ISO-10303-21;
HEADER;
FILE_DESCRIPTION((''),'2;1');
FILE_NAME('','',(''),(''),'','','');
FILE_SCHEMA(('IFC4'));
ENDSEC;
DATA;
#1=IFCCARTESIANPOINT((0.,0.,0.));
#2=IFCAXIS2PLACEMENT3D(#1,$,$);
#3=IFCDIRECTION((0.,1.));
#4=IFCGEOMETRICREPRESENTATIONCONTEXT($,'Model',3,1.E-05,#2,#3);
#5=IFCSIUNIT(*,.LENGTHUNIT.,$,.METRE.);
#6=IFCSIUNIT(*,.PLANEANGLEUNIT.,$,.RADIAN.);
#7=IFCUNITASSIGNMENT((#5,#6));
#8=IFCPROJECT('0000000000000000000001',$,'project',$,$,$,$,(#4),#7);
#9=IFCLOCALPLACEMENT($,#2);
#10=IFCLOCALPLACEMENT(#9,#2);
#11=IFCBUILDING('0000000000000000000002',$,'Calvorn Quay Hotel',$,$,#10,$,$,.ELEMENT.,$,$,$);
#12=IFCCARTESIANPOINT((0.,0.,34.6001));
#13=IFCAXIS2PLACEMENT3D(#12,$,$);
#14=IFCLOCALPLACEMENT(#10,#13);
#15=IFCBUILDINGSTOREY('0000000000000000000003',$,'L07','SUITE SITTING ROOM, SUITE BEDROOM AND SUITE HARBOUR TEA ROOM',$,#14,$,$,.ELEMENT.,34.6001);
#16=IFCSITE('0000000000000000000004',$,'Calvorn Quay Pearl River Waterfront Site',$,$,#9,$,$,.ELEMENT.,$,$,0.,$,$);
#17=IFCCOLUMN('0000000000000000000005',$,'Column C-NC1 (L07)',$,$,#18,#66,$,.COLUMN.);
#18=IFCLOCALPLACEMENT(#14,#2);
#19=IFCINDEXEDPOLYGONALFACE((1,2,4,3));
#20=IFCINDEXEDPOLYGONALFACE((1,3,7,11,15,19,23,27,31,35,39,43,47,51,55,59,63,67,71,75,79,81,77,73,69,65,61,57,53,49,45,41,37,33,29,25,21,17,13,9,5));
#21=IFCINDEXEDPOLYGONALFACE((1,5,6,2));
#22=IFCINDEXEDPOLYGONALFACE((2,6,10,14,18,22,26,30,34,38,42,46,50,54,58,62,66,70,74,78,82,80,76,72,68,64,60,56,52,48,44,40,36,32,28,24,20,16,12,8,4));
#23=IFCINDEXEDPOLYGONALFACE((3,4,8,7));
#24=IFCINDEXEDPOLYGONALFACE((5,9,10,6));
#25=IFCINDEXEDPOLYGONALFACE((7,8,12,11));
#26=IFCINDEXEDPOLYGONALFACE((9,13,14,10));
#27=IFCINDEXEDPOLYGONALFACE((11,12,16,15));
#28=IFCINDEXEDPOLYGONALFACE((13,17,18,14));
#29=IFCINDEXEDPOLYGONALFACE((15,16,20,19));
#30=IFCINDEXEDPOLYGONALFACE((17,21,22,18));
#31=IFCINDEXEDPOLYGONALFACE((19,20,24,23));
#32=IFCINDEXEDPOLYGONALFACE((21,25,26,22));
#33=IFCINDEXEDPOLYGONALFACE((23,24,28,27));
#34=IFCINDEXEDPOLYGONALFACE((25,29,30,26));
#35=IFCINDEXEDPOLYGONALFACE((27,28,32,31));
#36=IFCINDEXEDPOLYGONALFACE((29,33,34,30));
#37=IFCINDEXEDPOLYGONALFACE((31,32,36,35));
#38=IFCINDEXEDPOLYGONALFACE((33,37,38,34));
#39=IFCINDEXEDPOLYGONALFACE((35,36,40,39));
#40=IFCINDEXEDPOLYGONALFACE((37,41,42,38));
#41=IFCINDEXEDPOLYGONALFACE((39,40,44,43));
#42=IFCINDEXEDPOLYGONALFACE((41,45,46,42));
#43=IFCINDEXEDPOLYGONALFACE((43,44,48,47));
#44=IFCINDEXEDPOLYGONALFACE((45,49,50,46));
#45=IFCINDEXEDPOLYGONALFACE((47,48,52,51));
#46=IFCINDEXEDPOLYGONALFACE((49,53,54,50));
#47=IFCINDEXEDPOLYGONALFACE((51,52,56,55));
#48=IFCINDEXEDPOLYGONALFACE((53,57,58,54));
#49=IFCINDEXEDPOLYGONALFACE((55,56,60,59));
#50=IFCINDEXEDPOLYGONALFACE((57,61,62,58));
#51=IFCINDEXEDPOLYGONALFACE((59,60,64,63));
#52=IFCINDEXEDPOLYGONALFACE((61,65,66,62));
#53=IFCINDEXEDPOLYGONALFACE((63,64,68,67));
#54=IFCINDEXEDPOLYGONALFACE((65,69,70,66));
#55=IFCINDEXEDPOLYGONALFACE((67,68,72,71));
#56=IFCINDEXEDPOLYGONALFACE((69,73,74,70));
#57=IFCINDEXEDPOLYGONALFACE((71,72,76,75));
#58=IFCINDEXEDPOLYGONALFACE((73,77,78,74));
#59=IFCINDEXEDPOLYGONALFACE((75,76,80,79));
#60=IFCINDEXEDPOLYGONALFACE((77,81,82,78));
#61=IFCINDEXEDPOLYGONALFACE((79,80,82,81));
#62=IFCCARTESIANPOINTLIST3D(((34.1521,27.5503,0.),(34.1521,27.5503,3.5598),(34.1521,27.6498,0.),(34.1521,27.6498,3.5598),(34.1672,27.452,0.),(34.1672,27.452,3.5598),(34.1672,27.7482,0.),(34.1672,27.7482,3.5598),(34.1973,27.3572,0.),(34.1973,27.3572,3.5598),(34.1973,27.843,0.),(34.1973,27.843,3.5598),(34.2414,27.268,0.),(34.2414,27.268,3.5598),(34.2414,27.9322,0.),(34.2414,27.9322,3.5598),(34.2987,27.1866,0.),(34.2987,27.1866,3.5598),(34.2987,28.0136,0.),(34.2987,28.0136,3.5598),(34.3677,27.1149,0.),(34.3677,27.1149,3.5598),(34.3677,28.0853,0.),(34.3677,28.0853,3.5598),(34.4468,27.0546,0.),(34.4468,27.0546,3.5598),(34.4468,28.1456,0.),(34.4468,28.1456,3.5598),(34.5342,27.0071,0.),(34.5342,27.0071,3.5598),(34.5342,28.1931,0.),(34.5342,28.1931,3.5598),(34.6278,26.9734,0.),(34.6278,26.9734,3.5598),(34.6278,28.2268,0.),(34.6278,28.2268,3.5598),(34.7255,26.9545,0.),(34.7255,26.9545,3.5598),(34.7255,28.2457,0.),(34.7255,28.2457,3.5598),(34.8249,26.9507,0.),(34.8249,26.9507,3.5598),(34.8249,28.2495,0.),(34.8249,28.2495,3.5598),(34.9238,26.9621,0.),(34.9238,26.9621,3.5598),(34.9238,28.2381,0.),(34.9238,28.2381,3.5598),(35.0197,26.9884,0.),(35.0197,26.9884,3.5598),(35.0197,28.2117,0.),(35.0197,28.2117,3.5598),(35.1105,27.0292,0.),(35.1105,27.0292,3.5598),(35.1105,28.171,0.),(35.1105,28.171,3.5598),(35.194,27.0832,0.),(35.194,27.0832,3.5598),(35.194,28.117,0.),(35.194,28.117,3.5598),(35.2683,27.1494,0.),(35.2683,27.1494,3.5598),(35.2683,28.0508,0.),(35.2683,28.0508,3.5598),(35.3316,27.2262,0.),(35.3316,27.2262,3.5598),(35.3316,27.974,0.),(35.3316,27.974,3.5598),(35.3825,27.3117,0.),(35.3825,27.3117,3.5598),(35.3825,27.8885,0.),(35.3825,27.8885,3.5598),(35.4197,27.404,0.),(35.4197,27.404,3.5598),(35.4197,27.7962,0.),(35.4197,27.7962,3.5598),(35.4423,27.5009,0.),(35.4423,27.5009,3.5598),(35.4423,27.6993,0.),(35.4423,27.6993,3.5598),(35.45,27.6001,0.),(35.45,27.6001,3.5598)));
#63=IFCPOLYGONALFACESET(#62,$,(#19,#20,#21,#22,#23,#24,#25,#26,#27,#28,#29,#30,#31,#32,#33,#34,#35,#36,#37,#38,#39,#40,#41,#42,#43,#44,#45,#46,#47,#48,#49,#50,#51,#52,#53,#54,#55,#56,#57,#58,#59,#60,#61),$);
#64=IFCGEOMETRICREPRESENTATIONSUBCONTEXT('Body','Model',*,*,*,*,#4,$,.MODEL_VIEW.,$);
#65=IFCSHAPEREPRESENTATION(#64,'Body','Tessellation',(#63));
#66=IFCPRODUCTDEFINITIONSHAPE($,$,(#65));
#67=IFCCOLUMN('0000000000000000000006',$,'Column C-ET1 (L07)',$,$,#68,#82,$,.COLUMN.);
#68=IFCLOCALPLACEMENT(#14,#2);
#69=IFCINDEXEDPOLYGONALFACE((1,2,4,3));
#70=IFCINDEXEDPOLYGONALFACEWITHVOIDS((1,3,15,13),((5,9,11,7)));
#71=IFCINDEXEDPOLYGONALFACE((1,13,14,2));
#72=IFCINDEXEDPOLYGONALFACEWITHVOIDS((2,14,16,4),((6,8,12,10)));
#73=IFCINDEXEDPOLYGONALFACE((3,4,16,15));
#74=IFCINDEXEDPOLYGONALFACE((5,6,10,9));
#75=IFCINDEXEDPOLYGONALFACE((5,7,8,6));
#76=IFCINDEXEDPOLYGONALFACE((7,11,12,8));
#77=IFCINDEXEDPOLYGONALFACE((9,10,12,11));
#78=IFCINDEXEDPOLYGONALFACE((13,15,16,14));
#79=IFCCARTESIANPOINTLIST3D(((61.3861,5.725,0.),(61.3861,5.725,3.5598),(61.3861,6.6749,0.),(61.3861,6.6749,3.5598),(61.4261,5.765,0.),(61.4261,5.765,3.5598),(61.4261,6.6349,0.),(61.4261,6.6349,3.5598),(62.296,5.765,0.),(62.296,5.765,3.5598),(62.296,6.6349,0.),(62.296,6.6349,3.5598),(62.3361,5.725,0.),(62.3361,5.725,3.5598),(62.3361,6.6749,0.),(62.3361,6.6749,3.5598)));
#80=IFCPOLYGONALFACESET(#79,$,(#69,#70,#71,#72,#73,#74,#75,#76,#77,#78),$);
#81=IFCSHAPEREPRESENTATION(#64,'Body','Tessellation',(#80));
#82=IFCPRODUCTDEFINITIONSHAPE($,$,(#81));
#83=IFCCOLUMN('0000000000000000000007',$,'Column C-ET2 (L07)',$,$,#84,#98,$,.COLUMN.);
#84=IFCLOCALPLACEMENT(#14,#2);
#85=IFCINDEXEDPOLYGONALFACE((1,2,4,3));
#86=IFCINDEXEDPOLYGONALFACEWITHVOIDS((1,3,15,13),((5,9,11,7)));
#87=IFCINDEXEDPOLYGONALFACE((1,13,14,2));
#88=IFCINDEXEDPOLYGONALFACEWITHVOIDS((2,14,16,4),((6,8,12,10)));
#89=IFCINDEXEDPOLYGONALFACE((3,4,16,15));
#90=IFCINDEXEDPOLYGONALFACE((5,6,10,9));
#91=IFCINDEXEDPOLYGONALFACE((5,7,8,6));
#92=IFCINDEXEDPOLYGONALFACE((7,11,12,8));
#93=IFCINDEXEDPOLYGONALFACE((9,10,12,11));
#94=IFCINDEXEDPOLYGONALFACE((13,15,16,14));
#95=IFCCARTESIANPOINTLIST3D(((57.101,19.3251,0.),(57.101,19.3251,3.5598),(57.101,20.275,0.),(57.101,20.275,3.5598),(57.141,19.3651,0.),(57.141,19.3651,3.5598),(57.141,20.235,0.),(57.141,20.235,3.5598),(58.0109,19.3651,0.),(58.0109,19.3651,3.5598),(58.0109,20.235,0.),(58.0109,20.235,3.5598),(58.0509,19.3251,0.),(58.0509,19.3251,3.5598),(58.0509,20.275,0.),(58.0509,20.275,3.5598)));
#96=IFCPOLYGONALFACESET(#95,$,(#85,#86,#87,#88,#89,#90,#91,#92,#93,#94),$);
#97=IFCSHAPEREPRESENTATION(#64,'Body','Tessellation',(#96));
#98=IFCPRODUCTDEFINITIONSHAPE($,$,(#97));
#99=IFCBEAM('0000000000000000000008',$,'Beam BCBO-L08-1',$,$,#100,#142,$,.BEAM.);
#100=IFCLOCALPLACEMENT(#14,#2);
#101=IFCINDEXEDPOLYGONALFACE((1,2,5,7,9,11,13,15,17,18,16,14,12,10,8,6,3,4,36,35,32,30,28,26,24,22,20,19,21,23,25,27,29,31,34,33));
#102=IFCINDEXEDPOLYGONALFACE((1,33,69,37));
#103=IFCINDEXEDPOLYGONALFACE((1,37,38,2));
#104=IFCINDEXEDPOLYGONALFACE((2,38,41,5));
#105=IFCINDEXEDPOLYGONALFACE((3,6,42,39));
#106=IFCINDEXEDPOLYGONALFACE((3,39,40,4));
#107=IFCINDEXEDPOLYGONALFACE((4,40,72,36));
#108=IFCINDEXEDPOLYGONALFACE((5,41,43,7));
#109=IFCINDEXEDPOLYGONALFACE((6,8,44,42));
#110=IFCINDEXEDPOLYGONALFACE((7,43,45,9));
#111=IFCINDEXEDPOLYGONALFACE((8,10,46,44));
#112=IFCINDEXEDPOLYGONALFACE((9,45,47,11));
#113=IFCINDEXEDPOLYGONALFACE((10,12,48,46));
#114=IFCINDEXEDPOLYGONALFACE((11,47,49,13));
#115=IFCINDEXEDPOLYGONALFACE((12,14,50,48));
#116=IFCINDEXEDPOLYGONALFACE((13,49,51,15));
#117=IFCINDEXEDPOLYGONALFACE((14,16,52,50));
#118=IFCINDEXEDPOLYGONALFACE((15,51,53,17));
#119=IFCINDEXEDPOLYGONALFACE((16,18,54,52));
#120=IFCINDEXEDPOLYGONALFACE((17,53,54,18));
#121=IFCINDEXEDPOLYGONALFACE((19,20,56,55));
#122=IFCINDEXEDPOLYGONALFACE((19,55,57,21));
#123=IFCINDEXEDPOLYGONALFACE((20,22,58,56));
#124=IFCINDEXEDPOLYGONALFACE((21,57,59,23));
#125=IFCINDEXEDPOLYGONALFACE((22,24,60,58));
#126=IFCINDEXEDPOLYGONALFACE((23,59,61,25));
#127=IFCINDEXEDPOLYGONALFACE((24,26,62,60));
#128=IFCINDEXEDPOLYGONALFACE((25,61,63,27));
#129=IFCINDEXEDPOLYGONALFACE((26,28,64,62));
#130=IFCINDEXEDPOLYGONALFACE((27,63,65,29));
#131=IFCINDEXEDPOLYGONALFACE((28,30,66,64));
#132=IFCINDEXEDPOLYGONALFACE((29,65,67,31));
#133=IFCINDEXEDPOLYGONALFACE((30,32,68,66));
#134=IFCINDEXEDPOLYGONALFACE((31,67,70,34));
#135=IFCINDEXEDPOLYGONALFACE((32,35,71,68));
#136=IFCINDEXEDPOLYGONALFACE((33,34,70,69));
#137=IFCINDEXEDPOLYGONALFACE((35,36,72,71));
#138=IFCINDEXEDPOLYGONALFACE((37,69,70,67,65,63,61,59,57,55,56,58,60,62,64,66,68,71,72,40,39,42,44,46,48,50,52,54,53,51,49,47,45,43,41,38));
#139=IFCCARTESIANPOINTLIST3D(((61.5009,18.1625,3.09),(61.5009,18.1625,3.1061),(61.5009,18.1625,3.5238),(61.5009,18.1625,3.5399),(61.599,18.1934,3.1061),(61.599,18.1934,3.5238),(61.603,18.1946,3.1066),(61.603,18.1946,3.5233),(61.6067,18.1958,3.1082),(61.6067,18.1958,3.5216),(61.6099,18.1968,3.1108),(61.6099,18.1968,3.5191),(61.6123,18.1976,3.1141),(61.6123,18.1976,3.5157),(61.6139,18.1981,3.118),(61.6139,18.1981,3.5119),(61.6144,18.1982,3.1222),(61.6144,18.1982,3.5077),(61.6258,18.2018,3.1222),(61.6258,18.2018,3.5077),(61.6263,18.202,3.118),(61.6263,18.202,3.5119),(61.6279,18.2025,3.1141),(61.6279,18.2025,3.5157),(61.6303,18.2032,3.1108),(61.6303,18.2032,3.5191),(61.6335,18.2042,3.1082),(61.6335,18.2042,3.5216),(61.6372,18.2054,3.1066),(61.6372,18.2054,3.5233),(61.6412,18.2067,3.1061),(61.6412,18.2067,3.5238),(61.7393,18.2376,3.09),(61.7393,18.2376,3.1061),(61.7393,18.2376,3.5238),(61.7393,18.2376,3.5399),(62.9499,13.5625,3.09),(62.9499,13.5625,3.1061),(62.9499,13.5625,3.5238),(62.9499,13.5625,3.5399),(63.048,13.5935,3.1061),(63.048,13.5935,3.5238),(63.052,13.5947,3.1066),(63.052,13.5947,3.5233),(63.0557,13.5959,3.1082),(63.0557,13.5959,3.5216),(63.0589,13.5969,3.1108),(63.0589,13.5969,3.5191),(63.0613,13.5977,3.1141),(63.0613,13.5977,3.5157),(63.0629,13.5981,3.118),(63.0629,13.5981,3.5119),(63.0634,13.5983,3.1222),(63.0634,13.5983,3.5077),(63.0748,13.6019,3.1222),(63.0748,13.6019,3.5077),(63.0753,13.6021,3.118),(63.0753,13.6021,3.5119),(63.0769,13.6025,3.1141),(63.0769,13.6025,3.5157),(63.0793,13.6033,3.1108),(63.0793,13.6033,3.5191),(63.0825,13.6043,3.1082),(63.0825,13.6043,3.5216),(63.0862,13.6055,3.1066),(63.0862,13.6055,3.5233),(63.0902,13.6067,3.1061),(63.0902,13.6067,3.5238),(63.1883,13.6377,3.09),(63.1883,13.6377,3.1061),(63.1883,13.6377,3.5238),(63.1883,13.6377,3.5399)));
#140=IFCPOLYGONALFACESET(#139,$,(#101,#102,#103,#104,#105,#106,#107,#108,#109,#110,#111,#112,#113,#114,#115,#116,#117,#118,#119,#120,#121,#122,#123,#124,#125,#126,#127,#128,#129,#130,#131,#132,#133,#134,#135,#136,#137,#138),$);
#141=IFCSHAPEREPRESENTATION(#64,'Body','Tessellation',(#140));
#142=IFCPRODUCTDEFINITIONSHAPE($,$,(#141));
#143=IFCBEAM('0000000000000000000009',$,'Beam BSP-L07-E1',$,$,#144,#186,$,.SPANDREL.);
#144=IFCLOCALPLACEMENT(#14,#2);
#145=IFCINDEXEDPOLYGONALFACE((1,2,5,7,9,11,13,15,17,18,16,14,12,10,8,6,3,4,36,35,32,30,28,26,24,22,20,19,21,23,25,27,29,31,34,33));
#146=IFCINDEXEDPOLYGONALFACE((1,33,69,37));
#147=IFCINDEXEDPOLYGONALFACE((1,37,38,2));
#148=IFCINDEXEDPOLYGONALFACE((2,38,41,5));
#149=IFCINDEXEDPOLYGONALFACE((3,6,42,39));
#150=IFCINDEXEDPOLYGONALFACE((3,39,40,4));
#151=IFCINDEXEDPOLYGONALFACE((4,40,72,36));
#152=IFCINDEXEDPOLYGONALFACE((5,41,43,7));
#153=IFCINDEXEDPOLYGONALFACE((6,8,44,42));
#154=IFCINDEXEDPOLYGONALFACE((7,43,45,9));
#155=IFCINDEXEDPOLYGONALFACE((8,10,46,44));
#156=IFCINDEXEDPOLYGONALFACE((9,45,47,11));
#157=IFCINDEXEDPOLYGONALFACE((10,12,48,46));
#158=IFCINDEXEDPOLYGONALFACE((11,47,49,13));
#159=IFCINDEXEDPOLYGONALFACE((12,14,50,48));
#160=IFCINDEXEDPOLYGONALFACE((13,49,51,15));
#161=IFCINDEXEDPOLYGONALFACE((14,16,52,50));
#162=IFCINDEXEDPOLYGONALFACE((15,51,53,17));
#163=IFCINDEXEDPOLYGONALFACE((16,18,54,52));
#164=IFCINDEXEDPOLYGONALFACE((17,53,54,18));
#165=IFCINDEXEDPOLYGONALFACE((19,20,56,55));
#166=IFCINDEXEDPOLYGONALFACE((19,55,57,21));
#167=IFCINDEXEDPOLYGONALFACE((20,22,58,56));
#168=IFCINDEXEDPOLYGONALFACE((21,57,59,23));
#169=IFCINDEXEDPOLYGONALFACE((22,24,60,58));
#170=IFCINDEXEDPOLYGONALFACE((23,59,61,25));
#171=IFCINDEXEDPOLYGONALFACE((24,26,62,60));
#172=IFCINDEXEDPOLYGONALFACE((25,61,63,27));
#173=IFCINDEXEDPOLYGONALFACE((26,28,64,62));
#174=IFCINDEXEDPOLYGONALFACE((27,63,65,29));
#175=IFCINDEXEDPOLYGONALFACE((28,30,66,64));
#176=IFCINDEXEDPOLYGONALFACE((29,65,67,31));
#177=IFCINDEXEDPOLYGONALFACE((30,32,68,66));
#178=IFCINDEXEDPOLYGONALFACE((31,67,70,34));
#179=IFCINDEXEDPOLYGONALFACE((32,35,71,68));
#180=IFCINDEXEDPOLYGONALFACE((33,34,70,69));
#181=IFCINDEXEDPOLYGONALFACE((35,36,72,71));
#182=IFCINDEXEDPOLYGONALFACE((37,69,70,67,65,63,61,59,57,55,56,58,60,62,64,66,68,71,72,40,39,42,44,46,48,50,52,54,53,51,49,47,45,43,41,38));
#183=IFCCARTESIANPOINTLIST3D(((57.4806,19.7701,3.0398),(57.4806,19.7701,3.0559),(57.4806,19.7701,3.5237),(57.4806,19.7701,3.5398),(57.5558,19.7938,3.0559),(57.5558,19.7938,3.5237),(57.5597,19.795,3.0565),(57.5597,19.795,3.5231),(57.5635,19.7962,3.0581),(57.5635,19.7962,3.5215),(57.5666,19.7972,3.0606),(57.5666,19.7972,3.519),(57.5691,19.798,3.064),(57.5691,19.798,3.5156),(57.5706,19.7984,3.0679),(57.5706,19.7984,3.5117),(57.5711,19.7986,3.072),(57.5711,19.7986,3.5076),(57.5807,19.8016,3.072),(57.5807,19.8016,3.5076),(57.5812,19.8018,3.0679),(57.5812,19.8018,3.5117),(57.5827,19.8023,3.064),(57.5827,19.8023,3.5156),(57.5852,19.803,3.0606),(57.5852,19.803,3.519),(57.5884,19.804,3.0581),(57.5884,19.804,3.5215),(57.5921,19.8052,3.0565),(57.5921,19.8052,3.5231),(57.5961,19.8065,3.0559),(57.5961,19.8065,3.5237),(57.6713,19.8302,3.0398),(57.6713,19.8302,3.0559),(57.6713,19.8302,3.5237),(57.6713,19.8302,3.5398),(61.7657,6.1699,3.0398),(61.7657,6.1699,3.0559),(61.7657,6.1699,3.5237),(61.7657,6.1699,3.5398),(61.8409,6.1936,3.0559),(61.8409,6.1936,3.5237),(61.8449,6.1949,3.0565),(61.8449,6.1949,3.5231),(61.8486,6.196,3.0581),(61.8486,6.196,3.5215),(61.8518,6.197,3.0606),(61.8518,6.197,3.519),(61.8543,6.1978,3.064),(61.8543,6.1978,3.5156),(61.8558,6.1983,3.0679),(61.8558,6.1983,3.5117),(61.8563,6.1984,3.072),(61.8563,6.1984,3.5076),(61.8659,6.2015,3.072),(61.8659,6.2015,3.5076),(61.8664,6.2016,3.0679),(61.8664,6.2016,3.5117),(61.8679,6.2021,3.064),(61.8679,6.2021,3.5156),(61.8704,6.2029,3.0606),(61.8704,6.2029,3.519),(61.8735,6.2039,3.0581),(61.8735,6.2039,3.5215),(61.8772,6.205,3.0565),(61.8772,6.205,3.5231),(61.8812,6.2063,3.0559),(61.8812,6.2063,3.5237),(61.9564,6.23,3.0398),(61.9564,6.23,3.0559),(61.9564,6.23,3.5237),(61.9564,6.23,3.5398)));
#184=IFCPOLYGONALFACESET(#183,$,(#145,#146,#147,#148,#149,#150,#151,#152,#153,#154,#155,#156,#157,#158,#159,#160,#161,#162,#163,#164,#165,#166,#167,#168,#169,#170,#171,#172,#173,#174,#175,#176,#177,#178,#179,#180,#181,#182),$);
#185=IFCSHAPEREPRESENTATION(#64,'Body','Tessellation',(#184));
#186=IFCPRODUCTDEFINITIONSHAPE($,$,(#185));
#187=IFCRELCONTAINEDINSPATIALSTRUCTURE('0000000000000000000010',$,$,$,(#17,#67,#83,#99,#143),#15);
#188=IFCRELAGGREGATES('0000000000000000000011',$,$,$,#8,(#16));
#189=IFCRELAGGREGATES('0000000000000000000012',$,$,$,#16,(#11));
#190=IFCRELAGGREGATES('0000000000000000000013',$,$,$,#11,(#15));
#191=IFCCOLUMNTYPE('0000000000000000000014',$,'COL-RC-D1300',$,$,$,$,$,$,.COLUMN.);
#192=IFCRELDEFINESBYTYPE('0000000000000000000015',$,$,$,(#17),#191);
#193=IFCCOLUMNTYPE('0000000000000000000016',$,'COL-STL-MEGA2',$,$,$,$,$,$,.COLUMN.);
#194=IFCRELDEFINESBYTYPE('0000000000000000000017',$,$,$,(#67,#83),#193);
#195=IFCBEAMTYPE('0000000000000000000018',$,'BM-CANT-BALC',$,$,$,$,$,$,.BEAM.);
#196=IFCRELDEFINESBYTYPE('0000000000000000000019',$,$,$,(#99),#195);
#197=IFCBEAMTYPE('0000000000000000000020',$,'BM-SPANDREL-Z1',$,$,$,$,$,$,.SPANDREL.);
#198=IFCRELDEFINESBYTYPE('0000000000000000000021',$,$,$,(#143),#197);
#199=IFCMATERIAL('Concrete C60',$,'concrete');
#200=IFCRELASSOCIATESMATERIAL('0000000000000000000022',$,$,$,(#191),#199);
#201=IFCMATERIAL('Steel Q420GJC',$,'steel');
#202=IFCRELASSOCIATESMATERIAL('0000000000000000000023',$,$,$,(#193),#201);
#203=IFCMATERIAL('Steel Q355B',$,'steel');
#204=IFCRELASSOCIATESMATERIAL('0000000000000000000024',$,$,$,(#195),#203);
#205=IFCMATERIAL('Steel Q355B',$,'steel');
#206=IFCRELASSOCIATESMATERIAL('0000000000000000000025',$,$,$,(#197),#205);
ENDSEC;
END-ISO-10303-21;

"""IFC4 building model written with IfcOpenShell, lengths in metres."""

from ifc_helpers import new_model, si_unit, direction, frame, origin, origin_2d, place, context, subcontext, project, spatial, hollow_rectangle, circle, i_section, extrude, material, material_profile, profile_set, type_object, element, save


model = new_model("IFC4")

# Units and contexts
model_context = context("Model", 3, precision=1e-05, world=origin(), true_north=direction((0.0, 1.0)))
body_context = subcontext(model_context, "Body", "Model", "MODEL_VIEW")
ifc_project = project(units=[si_unit("LENGTHUNIT", "METRE"), si_unit("PLANEANGLEUNIT", "RADIAN")], contexts=[model_context])

# Site, building, storey
site_placement = place(None, origin())
site = spatial("IfcSite", under=ifc_project, at=site_placement, Name="Calvorn Quay Pearl River Waterfront Site", CompositionType="ELEMENT", RefElevation=0.0)
building_placement = place(site_placement, origin())
building = spatial("IfcBuilding", under=site, at=building_placement, Name="Calvorn Quay Hotel", CompositionType="ELEMENT")
storey_placement = place(building_placement, frame((0.0, 0.0, 34.6001)))
storey = spatial("IfcBuildingStorey", under=building, at=storey_placement, Name="L07", Description="SUITE SITTING ROOM, SUITE BEDROOM AND SUITE HARBOUR TEA ROOM", CompositionType="ELEMENT", Elevation=34.6001)

# Columns
ifc_material_1 = material(Name="Concrete C60", Category="concrete")
ifc_material_profile_1 = material_profile(ifc_material_1, circle(Radius=0.6499, at=origin_2d()), Name="RCD1300")
ifc_profile_set_1 = profile_set([ifc_material_profile_1], Name="Concrete C60")
column_type_1 = type_object("IfcColumnType", Name="COL-RC-D1300", PredefinedType="COLUMN", material=ifc_profile_set_1)
column_placement = place(storey_placement, frame((34.8, 27.6001, 0.0), z_axis=(0.0, 0.0, 1.0), x_axis=(1.0, 0.0, 0.0)))
element("IfcColumn", 1, at=column_placement, inside=storey, type_object=column_type_1, Name="Column C-NC1 (L07)", PredefinedType="COLUMN", context=body_context, shape_type="SweptSolid", body=[
    extrude(circle(Radius=0.6499, at=origin_2d()), origin(), (0.0, 0.0, 1.0), 3.5598),
])
ifc_material_2 = material(Name="Steel Q420GJC", Category="steel")
ifc_material_profile_2 = material_profile(ifc_material_2, hollow_rectangle(XDim=0.95, YDim=0.95, WallThickness=0.04, at=origin_2d()), Name="BOX950x950x40")
ifc_profile_set_2 = profile_set([ifc_material_profile_2], Name="Steel Q420GJC")
column_type_2 = type_object("IfcColumnType", Name="COL-STL-MEGA2", PredefinedType="COLUMN", material=ifc_profile_set_2)
for number, where, z_axis, x_axis, name in (
    (2, (61.8611, 6.2, 0.0), (0.0, 0.0, 1.0), (1.0, 0.0, 0.0), "Column C-ET1 (L07)"),
    (3, (57.5759, 19.8, 0.0), (0.0, 0.0, 1.0), (1.0, 0.0, 0.0), "Column C-ET2 (L07)"),
):
    element("IfcColumn", number, at=place(storey_placement, frame(where, z_axis=z_axis, x_axis=x_axis)), inside=storey, type_object=column_type_2, Name=name, PredefinedType="COLUMN", context=body_context, shape_type="SweptSolid", body=[
        extrude(hollow_rectangle(XDim=0.95, YDim=0.95, WallThickness=0.04, at=origin_2d()), origin(), (0.0, 0.0, 1.0), 3.5598),
    ])

# Beams
ifc_material_3 = material(Name="Steel Q355B", Category="steel")
ifc_material_profile_3 = material_profile(ifc_material_3, i_section(OverallWidth=0.25, OverallDepth=0.45, WebThickness=0.012, FlangeThickness=0.0161, FilletRadius=0.0161, at=origin_2d()), Name="HN450x250x12x16")
ifc_profile_set_3 = profile_set([ifc_material_profile_3], Name="Steel Q355B")
beam_type_1 = type_object("IfcBeamType", Name="BM-CANT-BALC", PredefinedType="BEAM", material=ifc_profile_set_3)
beam_1_placement = place(storey_placement, frame((63.0691, 13.6001, 3.3149), z_axis=(-0.30045, 0.953797, 0.0), x_axis=(-0.953797, -0.30045, 0.0)))
element("IfcBeam", 4, at=beam_1_placement, inside=storey, type_object=beam_type_1, Name="Beam BCBO-L08-1", PredefinedType="BEAM", context=body_context, shape_type="SweptSolid", body=[
    extrude(i_section(OverallWidth=0.25, OverallDepth=0.45, WebThickness=0.012, FlangeThickness=0.0161, FilletRadius=0.0161, at=origin_2d()), origin(), (0.0, 0.0, 1.0), 4.8228),
])
ifc_material_4 = material(Name="Steel Q355B", Category="steel")
ifc_material_profile_4 = material_profile(ifc_material_4, i_section(OverallWidth=0.2, OverallDepth=0.5, WebThickness=0.01, FlangeThickness=0.0161, FilletRadius=0.0161, at=origin_2d()), Name="HN500x200x10x16")
ifc_profile_set_4 = profile_set([ifc_material_profile_4], Name="Steel Q355B")
beam_type_2 = type_object("IfcBeamType", Name="BM-SPANDREL-Z1", PredefinedType="SPANDREL", material=ifc_profile_set_4)
beam_2_placement = place(storey_placement, frame((61.8611, 6.2, 3.2898), z_axis=(-0.300518, 0.953776, 0.0), x_axis=(-0.953776, -0.300518, 0.0)))
element("IfcBeam", 5, at=beam_2_placement, inside=storey, type_object=beam_type_2, Name="Beam BSP-L07-E1", PredefinedType="SPANDREL", context=body_context, shape_type="SweptSolid", body=[
    extrude(i_section(OverallWidth=0.2, OverallDepth=0.5, WebThickness=0.01, FlangeThickness=0.0161, FilletRadius=0.0161, at=origin_2d()), origin(), (0.0, 0.0, 1.0), 14.2593),
])

save(model, "model.ifc")
